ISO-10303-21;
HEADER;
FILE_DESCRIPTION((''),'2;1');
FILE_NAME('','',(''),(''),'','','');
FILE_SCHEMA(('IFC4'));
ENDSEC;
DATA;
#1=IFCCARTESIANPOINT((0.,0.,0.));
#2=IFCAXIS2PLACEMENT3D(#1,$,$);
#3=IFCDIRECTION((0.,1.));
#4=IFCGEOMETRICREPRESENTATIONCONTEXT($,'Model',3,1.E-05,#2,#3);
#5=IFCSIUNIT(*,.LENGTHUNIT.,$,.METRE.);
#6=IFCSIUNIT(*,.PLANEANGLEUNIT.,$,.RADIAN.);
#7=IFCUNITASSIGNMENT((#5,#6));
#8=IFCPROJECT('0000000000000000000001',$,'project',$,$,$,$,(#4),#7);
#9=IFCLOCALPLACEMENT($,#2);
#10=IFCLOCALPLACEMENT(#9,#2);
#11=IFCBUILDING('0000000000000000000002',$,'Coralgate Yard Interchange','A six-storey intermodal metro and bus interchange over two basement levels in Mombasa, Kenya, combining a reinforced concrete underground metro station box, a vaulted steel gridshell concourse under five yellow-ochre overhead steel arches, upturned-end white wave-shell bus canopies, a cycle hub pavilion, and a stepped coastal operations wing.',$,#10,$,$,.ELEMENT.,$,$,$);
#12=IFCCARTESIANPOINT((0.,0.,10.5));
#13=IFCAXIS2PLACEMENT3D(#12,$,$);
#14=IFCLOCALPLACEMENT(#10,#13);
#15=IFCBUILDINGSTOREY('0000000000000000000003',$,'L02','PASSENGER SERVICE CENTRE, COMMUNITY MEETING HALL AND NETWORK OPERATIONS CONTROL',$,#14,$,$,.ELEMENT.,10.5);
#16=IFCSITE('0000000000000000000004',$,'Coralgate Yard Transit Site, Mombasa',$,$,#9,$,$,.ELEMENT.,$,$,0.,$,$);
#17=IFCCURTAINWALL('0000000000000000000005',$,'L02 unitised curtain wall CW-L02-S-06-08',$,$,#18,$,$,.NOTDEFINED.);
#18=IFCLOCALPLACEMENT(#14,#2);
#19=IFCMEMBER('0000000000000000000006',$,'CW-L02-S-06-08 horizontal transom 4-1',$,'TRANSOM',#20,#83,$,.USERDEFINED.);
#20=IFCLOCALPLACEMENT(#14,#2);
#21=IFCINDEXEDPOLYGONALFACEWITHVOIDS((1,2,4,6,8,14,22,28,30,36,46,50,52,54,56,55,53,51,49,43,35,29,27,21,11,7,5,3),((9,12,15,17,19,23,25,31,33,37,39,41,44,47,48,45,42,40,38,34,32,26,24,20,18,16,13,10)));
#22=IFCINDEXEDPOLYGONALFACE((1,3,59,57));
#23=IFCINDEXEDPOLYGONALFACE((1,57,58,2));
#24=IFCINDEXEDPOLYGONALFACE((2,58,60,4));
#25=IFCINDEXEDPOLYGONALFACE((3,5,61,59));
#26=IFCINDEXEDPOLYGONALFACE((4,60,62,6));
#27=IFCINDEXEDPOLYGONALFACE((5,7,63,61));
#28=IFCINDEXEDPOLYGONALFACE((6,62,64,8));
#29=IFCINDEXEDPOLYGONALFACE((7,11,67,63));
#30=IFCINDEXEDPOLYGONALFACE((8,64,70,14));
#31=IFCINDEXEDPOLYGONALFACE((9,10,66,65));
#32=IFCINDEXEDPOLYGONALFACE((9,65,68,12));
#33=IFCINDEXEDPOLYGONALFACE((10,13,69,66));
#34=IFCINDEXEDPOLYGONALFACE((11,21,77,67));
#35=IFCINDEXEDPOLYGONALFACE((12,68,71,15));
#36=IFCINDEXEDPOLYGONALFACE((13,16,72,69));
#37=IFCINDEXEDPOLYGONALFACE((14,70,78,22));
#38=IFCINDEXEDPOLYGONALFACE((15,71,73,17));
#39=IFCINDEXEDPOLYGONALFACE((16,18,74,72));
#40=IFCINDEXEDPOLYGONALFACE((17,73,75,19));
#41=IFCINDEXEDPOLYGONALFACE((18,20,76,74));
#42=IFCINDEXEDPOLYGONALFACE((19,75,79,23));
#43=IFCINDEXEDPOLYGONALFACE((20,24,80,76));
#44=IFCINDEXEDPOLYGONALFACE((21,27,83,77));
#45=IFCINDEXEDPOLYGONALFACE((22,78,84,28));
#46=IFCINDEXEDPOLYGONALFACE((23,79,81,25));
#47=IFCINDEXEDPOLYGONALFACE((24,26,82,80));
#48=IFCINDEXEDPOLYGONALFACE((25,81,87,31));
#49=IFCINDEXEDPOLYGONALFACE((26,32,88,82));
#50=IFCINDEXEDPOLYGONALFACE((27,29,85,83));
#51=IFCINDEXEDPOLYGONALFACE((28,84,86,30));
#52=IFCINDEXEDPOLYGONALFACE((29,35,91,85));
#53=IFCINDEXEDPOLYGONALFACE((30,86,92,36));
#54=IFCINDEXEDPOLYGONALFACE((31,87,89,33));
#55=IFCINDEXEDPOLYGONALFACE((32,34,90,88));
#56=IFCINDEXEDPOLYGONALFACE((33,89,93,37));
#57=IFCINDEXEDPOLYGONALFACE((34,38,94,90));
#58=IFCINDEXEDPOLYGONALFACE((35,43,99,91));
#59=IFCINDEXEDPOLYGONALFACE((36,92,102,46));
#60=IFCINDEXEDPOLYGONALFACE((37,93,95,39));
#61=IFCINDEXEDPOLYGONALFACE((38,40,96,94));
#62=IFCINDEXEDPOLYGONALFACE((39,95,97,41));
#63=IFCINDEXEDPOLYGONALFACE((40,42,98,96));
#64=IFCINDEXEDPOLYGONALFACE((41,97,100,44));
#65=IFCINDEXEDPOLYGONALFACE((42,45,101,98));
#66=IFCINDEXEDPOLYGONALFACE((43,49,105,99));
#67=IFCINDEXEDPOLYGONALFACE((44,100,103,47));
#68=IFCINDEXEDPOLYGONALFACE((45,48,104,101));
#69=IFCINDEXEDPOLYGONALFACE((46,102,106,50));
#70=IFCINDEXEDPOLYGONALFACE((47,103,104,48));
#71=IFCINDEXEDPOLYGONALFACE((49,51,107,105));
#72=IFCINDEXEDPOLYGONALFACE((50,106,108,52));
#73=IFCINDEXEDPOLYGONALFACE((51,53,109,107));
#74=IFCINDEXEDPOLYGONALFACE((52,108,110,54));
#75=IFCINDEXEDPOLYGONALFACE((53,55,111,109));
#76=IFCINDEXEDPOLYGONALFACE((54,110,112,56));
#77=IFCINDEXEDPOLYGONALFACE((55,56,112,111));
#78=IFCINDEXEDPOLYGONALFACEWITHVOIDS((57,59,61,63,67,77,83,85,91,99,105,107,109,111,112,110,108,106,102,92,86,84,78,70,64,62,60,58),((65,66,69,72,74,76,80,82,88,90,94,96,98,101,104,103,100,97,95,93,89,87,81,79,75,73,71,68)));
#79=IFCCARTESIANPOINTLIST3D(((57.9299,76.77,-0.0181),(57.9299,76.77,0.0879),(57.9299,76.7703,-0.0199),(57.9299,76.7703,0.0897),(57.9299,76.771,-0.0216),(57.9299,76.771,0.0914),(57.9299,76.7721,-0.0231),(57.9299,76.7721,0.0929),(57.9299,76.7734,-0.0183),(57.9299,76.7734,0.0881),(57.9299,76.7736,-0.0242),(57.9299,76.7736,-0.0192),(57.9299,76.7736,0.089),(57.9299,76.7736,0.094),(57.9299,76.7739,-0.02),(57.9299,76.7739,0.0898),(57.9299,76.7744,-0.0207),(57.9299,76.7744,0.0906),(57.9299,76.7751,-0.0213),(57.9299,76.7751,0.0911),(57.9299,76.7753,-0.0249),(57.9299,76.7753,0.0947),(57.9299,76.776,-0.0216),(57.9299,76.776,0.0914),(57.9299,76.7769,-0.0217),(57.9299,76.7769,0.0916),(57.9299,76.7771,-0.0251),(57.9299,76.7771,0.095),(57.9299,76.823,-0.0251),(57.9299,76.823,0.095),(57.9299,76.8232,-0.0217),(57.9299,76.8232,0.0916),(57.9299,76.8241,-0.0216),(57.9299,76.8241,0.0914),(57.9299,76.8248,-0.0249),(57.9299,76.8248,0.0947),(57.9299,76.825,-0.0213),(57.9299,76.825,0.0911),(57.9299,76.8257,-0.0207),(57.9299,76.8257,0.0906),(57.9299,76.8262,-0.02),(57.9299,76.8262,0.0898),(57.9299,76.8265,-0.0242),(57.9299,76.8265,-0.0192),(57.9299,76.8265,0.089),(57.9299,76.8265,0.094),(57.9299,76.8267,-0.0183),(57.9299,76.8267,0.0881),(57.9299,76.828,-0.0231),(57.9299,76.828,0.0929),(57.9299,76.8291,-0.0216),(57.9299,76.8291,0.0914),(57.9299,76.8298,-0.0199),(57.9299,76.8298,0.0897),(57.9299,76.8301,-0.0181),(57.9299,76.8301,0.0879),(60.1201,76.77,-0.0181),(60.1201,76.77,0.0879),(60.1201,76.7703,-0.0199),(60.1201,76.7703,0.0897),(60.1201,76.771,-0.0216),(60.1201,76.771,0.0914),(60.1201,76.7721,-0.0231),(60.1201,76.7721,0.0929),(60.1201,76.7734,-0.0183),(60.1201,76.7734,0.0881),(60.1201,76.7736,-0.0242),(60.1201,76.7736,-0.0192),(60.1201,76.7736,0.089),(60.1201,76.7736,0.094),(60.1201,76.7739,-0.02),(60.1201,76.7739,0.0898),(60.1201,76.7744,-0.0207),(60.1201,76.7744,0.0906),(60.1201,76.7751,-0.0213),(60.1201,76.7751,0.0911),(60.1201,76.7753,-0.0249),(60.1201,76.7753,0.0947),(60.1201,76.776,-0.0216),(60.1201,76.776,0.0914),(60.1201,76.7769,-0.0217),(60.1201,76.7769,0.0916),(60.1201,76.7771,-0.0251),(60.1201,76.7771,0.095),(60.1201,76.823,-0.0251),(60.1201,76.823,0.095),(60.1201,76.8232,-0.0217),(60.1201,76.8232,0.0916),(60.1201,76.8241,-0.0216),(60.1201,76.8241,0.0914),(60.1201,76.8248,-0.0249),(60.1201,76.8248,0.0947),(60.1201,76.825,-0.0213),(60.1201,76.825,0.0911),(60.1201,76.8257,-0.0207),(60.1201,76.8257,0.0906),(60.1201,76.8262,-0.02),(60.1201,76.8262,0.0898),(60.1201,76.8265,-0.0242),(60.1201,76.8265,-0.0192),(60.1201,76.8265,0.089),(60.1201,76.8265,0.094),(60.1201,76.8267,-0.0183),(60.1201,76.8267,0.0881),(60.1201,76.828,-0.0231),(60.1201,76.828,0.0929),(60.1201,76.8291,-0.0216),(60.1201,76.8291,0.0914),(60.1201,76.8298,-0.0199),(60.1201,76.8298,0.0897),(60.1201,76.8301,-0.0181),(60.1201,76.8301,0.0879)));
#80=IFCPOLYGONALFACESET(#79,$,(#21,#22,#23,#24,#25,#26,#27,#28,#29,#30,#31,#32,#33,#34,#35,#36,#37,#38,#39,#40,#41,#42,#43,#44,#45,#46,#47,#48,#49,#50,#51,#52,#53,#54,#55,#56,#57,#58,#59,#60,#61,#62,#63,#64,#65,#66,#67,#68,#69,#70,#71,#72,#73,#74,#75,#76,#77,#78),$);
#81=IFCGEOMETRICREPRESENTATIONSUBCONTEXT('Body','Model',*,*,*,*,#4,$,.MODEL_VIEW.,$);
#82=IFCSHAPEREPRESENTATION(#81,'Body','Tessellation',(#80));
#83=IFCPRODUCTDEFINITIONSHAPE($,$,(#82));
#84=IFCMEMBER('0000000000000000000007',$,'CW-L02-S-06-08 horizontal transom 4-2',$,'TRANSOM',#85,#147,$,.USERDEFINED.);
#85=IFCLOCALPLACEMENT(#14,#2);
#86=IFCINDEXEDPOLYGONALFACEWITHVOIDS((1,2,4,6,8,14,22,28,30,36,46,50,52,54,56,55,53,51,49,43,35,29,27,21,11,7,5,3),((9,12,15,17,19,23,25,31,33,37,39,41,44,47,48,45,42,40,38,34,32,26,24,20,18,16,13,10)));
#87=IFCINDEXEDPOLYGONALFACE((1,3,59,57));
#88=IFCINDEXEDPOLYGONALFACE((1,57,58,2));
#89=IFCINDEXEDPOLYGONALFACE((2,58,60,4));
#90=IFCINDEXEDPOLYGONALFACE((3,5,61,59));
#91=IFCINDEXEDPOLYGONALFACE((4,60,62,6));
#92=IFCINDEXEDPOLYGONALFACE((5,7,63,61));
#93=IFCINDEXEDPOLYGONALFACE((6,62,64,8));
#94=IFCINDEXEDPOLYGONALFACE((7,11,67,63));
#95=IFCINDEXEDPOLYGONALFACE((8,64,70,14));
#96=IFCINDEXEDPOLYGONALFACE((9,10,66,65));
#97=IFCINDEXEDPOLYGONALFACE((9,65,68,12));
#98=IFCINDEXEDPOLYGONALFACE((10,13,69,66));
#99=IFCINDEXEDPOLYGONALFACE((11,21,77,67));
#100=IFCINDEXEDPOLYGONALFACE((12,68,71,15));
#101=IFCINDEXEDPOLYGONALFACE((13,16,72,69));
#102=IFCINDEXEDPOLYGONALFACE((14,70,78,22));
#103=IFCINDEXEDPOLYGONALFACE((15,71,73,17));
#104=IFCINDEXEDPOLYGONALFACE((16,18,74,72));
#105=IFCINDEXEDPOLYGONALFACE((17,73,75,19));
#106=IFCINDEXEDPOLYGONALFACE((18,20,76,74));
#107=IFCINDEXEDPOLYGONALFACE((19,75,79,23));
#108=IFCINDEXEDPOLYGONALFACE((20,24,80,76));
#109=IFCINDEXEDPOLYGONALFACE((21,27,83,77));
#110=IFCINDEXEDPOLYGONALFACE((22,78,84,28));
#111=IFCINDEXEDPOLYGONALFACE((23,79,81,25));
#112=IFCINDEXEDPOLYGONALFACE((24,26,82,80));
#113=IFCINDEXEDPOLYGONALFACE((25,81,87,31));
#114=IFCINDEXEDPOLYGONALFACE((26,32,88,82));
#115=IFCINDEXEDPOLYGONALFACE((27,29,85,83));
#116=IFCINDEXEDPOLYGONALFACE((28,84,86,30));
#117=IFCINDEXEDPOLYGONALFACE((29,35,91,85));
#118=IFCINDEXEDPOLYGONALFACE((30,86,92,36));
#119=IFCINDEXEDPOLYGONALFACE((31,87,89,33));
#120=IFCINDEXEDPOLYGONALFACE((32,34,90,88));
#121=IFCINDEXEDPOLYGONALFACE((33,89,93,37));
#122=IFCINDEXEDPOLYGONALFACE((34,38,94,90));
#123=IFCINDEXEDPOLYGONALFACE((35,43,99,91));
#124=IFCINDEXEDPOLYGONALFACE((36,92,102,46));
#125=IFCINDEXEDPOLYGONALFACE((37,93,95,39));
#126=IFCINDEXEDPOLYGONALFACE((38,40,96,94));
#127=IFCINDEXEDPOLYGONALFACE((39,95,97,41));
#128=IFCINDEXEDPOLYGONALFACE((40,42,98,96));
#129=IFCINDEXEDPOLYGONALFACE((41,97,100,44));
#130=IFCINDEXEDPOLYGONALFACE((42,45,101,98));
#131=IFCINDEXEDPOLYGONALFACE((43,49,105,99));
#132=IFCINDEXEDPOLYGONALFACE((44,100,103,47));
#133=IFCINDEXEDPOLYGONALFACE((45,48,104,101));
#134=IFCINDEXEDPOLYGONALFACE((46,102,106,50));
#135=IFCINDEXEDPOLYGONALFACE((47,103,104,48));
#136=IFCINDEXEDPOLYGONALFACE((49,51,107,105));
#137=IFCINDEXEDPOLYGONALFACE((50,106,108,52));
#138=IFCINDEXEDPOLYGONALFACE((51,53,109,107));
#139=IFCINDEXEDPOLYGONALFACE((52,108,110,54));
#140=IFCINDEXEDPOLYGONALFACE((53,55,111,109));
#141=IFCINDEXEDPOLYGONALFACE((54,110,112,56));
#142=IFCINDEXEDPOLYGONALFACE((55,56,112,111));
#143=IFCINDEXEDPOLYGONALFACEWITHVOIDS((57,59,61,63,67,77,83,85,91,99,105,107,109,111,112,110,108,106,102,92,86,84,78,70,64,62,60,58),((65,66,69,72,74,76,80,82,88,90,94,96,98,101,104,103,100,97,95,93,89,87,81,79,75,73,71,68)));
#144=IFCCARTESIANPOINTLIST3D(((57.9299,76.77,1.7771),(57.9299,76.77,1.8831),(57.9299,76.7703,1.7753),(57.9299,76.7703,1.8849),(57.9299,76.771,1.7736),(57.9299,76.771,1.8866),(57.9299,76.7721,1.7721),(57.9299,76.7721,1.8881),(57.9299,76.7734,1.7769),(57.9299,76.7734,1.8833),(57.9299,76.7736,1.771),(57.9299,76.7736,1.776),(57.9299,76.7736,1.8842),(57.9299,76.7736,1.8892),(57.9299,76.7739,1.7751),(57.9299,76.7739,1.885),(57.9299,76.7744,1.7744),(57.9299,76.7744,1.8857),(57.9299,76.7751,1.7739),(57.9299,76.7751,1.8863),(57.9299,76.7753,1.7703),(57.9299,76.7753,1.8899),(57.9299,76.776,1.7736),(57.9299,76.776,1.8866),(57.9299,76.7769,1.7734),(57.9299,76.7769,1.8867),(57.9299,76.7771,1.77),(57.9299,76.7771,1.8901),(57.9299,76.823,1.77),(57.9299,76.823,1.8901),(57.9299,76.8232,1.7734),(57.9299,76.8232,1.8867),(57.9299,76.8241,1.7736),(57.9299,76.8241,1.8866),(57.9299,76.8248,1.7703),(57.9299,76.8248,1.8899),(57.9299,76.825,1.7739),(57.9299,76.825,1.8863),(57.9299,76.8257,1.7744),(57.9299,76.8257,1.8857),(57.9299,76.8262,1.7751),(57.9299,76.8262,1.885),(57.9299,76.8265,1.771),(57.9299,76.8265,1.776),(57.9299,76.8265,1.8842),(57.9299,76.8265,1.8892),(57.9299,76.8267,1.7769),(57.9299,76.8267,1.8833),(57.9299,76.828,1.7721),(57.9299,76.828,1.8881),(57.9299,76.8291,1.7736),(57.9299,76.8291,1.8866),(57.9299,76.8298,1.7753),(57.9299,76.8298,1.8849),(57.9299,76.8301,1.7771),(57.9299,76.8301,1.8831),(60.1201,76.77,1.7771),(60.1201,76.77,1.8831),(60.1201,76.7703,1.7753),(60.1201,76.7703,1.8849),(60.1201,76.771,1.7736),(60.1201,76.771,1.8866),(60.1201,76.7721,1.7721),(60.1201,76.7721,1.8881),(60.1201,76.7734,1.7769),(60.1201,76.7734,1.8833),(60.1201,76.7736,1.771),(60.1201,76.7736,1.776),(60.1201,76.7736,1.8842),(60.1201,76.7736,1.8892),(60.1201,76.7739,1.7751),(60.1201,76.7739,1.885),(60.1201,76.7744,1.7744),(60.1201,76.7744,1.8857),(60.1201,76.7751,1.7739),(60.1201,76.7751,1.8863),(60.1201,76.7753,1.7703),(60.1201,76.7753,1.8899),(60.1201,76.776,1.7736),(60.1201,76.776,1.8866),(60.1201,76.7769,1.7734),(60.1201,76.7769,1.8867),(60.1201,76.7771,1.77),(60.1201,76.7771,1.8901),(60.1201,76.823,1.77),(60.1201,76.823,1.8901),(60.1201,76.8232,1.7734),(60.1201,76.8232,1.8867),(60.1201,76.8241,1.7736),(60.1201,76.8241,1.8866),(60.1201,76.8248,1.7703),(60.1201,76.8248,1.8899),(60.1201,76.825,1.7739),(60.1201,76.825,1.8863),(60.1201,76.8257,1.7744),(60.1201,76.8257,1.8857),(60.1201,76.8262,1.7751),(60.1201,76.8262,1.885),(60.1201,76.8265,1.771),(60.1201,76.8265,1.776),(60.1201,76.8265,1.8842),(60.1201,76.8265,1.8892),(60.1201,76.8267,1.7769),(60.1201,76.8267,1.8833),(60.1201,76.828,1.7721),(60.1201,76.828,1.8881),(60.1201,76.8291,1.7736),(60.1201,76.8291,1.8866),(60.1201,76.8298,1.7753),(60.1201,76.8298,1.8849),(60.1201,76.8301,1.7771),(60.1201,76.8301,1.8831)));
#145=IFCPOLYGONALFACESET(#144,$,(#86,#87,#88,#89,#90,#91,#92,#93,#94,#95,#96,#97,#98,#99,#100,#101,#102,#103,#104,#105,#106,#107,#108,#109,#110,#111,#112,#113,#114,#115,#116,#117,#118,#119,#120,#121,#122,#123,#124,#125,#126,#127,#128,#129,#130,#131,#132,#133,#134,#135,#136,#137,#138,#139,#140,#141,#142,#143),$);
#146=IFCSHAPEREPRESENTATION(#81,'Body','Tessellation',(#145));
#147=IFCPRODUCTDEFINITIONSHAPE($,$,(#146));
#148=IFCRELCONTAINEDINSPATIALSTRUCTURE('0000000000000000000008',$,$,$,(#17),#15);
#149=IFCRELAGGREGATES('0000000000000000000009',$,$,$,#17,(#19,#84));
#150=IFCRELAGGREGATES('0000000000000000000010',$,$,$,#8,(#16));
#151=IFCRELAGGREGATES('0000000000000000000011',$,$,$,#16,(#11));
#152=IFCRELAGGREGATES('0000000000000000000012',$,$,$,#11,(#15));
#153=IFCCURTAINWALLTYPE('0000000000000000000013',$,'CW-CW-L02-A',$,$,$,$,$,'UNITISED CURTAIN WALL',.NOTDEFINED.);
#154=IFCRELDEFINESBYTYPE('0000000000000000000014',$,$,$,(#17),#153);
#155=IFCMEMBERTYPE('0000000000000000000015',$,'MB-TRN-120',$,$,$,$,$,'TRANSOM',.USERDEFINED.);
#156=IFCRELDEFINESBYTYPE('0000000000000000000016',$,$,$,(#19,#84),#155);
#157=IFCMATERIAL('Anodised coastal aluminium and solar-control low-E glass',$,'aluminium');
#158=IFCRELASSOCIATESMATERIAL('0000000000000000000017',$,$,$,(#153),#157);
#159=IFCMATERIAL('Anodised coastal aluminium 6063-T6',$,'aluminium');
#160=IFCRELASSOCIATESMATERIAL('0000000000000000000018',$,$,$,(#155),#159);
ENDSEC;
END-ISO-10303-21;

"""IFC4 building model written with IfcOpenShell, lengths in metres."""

from ifc_helpers import new_model, si_unit, direction, frame, origin, origin_2d, place, context, subcontext, project, spatial, hollow_rectangle, extrude, material, material_profile, profile_set, type_object, element, aggregate, save


model = new_model("IFC4")

# Units and contexts
model_context = context("Model", 3, precision=1e-05, world=origin(), true_north=direction((0.0, 1.0)))
body_context = subcontext(model_context, "Body", "Model", "MODEL_VIEW")
ifc_project = project(units=[si_unit("LENGTHUNIT", "METRE"), si_unit("PLANEANGLEUNIT", "RADIAN")], contexts=[model_context])

# Site, building, storey
site_placement = place(None, origin())
site = spatial("IfcSite", under=ifc_project, at=site_placement, Name="Coralgate Yard Transit Site, Mombasa", CompositionType="ELEMENT", RefElevation=0.0)
building_placement = place(site_placement, origin())
building = spatial("IfcBuilding", under=site, at=building_placement, Name="Coralgate Yard Interchange", Description="A six-storey intermodal metro and bus interchange over two basement levels in Mombasa, Kenya, combining a reinforced concrete underground metro station box, a vaulted steel gridshell concourse under five yellow-ochre overhead steel arches, upturned-end white wave-shell bus canopies, a cycle hub pavilion, and a stepped coastal operations wing.", CompositionType="ELEMENT")
storey_placement = place(building_placement, frame((0.0, 0.0, 10.5)))
storey = spatial("IfcBuildingStorey", under=building, at=storey_placement, Name="L02", Description="PASSENGER SERVICE CENTRE, COMMUNITY MEETING HALL AND NETWORK OPERATIONS CONTROL", CompositionType="ELEMENT", Elevation=10.5)

# Curtain wall, members
ifc_material_1 = material(Name="Anodised coastal aluminium and solar-control low-E glass", Category="aluminium")
curtain_wall_type = type_object("IfcCurtainWallType", Name="CW-CW-L02-A", ElementType="UNITISED CURTAIN WALL", PredefinedType="NOTDEFINED", material=ifc_material_1)
curtain_wall_placement = place(storey_placement, origin())
curtain_wall = element("IfcCurtainWall", 1, at=curtain_wall_placement, inside=storey, type_object=curtain_wall_type, Name="L02 unitised curtain wall CW-L02-S-06-08", PredefinedType="NOTDEFINED")
ifc_material_2 = material(Name="Anodised coastal aluminium 6063-T6", Category="aluminium")
ifc_material_profile_1 = material_profile(ifc_material_2, hollow_rectangle(XDim=0.0601, YDim=0.1201, WallThickness=0.0034, InnerFilletRadius=0.0034, OuterFilletRadius=0.0071, at=origin_2d()), Name="ALU 60x120x3.5")
ifc_profile_set_1 = profile_set([ifc_material_profile_1], Name="Anodised coastal aluminium 6063-T6")
member_type_1 = type_object("IfcMemberType", Name="MB-TRN-120", ElementType="TRANSOM", PredefinedType="USERDEFINED", material=ifc_profile_set_1)
member_1_placement = place(storey_placement, frame((60.1201, 76.8, 0.0349), z_axis=(-1.0, 0.0, 0.0), x_axis=(0.0, -1.0, 0.0)))
member_1 = element("IfcMember", 2, at=member_1_placement, type_object=member_type_1, Name="CW-L02-S-06-08 horizontal transom 4-1", ObjectType="TRANSOM", PredefinedType="USERDEFINED", context=body_context, shape_type="SweptSolid", body=[
    extrude(hollow_rectangle(XDim=0.0601, YDim=0.1201, WallThickness=0.0034, InnerFilletRadius=0.0034, OuterFilletRadius=0.0071, at=origin_2d()), origin(), (0.0, 0.0, 1.0), 2.1902),
])
member_2_placement = place(storey_placement, frame((60.1201, 76.8, 1.8301), z_axis=(-1.0, 0.0, 0.0), x_axis=(0.0, -1.0, 0.0)))
member_2 = element("IfcMember", 3, at=member_2_placement, type_object=member_type_1, Name="CW-L02-S-06-08 horizontal transom 4-2", ObjectType="TRANSOM", PredefinedType="USERDEFINED", context=body_context, shape_type="SweptSolid", body=[
    extrude(hollow_rectangle(XDim=0.0601, YDim=0.1201, WallThickness=0.0034, InnerFilletRadius=0.0034, OuterFilletRadius=0.0071, at=origin_2d()), origin(), (0.0, 0.0, 1.0), 2.1902),
])
aggregate(curtain_wall, [member_1, member_2])

save(model, "model.ifc")
